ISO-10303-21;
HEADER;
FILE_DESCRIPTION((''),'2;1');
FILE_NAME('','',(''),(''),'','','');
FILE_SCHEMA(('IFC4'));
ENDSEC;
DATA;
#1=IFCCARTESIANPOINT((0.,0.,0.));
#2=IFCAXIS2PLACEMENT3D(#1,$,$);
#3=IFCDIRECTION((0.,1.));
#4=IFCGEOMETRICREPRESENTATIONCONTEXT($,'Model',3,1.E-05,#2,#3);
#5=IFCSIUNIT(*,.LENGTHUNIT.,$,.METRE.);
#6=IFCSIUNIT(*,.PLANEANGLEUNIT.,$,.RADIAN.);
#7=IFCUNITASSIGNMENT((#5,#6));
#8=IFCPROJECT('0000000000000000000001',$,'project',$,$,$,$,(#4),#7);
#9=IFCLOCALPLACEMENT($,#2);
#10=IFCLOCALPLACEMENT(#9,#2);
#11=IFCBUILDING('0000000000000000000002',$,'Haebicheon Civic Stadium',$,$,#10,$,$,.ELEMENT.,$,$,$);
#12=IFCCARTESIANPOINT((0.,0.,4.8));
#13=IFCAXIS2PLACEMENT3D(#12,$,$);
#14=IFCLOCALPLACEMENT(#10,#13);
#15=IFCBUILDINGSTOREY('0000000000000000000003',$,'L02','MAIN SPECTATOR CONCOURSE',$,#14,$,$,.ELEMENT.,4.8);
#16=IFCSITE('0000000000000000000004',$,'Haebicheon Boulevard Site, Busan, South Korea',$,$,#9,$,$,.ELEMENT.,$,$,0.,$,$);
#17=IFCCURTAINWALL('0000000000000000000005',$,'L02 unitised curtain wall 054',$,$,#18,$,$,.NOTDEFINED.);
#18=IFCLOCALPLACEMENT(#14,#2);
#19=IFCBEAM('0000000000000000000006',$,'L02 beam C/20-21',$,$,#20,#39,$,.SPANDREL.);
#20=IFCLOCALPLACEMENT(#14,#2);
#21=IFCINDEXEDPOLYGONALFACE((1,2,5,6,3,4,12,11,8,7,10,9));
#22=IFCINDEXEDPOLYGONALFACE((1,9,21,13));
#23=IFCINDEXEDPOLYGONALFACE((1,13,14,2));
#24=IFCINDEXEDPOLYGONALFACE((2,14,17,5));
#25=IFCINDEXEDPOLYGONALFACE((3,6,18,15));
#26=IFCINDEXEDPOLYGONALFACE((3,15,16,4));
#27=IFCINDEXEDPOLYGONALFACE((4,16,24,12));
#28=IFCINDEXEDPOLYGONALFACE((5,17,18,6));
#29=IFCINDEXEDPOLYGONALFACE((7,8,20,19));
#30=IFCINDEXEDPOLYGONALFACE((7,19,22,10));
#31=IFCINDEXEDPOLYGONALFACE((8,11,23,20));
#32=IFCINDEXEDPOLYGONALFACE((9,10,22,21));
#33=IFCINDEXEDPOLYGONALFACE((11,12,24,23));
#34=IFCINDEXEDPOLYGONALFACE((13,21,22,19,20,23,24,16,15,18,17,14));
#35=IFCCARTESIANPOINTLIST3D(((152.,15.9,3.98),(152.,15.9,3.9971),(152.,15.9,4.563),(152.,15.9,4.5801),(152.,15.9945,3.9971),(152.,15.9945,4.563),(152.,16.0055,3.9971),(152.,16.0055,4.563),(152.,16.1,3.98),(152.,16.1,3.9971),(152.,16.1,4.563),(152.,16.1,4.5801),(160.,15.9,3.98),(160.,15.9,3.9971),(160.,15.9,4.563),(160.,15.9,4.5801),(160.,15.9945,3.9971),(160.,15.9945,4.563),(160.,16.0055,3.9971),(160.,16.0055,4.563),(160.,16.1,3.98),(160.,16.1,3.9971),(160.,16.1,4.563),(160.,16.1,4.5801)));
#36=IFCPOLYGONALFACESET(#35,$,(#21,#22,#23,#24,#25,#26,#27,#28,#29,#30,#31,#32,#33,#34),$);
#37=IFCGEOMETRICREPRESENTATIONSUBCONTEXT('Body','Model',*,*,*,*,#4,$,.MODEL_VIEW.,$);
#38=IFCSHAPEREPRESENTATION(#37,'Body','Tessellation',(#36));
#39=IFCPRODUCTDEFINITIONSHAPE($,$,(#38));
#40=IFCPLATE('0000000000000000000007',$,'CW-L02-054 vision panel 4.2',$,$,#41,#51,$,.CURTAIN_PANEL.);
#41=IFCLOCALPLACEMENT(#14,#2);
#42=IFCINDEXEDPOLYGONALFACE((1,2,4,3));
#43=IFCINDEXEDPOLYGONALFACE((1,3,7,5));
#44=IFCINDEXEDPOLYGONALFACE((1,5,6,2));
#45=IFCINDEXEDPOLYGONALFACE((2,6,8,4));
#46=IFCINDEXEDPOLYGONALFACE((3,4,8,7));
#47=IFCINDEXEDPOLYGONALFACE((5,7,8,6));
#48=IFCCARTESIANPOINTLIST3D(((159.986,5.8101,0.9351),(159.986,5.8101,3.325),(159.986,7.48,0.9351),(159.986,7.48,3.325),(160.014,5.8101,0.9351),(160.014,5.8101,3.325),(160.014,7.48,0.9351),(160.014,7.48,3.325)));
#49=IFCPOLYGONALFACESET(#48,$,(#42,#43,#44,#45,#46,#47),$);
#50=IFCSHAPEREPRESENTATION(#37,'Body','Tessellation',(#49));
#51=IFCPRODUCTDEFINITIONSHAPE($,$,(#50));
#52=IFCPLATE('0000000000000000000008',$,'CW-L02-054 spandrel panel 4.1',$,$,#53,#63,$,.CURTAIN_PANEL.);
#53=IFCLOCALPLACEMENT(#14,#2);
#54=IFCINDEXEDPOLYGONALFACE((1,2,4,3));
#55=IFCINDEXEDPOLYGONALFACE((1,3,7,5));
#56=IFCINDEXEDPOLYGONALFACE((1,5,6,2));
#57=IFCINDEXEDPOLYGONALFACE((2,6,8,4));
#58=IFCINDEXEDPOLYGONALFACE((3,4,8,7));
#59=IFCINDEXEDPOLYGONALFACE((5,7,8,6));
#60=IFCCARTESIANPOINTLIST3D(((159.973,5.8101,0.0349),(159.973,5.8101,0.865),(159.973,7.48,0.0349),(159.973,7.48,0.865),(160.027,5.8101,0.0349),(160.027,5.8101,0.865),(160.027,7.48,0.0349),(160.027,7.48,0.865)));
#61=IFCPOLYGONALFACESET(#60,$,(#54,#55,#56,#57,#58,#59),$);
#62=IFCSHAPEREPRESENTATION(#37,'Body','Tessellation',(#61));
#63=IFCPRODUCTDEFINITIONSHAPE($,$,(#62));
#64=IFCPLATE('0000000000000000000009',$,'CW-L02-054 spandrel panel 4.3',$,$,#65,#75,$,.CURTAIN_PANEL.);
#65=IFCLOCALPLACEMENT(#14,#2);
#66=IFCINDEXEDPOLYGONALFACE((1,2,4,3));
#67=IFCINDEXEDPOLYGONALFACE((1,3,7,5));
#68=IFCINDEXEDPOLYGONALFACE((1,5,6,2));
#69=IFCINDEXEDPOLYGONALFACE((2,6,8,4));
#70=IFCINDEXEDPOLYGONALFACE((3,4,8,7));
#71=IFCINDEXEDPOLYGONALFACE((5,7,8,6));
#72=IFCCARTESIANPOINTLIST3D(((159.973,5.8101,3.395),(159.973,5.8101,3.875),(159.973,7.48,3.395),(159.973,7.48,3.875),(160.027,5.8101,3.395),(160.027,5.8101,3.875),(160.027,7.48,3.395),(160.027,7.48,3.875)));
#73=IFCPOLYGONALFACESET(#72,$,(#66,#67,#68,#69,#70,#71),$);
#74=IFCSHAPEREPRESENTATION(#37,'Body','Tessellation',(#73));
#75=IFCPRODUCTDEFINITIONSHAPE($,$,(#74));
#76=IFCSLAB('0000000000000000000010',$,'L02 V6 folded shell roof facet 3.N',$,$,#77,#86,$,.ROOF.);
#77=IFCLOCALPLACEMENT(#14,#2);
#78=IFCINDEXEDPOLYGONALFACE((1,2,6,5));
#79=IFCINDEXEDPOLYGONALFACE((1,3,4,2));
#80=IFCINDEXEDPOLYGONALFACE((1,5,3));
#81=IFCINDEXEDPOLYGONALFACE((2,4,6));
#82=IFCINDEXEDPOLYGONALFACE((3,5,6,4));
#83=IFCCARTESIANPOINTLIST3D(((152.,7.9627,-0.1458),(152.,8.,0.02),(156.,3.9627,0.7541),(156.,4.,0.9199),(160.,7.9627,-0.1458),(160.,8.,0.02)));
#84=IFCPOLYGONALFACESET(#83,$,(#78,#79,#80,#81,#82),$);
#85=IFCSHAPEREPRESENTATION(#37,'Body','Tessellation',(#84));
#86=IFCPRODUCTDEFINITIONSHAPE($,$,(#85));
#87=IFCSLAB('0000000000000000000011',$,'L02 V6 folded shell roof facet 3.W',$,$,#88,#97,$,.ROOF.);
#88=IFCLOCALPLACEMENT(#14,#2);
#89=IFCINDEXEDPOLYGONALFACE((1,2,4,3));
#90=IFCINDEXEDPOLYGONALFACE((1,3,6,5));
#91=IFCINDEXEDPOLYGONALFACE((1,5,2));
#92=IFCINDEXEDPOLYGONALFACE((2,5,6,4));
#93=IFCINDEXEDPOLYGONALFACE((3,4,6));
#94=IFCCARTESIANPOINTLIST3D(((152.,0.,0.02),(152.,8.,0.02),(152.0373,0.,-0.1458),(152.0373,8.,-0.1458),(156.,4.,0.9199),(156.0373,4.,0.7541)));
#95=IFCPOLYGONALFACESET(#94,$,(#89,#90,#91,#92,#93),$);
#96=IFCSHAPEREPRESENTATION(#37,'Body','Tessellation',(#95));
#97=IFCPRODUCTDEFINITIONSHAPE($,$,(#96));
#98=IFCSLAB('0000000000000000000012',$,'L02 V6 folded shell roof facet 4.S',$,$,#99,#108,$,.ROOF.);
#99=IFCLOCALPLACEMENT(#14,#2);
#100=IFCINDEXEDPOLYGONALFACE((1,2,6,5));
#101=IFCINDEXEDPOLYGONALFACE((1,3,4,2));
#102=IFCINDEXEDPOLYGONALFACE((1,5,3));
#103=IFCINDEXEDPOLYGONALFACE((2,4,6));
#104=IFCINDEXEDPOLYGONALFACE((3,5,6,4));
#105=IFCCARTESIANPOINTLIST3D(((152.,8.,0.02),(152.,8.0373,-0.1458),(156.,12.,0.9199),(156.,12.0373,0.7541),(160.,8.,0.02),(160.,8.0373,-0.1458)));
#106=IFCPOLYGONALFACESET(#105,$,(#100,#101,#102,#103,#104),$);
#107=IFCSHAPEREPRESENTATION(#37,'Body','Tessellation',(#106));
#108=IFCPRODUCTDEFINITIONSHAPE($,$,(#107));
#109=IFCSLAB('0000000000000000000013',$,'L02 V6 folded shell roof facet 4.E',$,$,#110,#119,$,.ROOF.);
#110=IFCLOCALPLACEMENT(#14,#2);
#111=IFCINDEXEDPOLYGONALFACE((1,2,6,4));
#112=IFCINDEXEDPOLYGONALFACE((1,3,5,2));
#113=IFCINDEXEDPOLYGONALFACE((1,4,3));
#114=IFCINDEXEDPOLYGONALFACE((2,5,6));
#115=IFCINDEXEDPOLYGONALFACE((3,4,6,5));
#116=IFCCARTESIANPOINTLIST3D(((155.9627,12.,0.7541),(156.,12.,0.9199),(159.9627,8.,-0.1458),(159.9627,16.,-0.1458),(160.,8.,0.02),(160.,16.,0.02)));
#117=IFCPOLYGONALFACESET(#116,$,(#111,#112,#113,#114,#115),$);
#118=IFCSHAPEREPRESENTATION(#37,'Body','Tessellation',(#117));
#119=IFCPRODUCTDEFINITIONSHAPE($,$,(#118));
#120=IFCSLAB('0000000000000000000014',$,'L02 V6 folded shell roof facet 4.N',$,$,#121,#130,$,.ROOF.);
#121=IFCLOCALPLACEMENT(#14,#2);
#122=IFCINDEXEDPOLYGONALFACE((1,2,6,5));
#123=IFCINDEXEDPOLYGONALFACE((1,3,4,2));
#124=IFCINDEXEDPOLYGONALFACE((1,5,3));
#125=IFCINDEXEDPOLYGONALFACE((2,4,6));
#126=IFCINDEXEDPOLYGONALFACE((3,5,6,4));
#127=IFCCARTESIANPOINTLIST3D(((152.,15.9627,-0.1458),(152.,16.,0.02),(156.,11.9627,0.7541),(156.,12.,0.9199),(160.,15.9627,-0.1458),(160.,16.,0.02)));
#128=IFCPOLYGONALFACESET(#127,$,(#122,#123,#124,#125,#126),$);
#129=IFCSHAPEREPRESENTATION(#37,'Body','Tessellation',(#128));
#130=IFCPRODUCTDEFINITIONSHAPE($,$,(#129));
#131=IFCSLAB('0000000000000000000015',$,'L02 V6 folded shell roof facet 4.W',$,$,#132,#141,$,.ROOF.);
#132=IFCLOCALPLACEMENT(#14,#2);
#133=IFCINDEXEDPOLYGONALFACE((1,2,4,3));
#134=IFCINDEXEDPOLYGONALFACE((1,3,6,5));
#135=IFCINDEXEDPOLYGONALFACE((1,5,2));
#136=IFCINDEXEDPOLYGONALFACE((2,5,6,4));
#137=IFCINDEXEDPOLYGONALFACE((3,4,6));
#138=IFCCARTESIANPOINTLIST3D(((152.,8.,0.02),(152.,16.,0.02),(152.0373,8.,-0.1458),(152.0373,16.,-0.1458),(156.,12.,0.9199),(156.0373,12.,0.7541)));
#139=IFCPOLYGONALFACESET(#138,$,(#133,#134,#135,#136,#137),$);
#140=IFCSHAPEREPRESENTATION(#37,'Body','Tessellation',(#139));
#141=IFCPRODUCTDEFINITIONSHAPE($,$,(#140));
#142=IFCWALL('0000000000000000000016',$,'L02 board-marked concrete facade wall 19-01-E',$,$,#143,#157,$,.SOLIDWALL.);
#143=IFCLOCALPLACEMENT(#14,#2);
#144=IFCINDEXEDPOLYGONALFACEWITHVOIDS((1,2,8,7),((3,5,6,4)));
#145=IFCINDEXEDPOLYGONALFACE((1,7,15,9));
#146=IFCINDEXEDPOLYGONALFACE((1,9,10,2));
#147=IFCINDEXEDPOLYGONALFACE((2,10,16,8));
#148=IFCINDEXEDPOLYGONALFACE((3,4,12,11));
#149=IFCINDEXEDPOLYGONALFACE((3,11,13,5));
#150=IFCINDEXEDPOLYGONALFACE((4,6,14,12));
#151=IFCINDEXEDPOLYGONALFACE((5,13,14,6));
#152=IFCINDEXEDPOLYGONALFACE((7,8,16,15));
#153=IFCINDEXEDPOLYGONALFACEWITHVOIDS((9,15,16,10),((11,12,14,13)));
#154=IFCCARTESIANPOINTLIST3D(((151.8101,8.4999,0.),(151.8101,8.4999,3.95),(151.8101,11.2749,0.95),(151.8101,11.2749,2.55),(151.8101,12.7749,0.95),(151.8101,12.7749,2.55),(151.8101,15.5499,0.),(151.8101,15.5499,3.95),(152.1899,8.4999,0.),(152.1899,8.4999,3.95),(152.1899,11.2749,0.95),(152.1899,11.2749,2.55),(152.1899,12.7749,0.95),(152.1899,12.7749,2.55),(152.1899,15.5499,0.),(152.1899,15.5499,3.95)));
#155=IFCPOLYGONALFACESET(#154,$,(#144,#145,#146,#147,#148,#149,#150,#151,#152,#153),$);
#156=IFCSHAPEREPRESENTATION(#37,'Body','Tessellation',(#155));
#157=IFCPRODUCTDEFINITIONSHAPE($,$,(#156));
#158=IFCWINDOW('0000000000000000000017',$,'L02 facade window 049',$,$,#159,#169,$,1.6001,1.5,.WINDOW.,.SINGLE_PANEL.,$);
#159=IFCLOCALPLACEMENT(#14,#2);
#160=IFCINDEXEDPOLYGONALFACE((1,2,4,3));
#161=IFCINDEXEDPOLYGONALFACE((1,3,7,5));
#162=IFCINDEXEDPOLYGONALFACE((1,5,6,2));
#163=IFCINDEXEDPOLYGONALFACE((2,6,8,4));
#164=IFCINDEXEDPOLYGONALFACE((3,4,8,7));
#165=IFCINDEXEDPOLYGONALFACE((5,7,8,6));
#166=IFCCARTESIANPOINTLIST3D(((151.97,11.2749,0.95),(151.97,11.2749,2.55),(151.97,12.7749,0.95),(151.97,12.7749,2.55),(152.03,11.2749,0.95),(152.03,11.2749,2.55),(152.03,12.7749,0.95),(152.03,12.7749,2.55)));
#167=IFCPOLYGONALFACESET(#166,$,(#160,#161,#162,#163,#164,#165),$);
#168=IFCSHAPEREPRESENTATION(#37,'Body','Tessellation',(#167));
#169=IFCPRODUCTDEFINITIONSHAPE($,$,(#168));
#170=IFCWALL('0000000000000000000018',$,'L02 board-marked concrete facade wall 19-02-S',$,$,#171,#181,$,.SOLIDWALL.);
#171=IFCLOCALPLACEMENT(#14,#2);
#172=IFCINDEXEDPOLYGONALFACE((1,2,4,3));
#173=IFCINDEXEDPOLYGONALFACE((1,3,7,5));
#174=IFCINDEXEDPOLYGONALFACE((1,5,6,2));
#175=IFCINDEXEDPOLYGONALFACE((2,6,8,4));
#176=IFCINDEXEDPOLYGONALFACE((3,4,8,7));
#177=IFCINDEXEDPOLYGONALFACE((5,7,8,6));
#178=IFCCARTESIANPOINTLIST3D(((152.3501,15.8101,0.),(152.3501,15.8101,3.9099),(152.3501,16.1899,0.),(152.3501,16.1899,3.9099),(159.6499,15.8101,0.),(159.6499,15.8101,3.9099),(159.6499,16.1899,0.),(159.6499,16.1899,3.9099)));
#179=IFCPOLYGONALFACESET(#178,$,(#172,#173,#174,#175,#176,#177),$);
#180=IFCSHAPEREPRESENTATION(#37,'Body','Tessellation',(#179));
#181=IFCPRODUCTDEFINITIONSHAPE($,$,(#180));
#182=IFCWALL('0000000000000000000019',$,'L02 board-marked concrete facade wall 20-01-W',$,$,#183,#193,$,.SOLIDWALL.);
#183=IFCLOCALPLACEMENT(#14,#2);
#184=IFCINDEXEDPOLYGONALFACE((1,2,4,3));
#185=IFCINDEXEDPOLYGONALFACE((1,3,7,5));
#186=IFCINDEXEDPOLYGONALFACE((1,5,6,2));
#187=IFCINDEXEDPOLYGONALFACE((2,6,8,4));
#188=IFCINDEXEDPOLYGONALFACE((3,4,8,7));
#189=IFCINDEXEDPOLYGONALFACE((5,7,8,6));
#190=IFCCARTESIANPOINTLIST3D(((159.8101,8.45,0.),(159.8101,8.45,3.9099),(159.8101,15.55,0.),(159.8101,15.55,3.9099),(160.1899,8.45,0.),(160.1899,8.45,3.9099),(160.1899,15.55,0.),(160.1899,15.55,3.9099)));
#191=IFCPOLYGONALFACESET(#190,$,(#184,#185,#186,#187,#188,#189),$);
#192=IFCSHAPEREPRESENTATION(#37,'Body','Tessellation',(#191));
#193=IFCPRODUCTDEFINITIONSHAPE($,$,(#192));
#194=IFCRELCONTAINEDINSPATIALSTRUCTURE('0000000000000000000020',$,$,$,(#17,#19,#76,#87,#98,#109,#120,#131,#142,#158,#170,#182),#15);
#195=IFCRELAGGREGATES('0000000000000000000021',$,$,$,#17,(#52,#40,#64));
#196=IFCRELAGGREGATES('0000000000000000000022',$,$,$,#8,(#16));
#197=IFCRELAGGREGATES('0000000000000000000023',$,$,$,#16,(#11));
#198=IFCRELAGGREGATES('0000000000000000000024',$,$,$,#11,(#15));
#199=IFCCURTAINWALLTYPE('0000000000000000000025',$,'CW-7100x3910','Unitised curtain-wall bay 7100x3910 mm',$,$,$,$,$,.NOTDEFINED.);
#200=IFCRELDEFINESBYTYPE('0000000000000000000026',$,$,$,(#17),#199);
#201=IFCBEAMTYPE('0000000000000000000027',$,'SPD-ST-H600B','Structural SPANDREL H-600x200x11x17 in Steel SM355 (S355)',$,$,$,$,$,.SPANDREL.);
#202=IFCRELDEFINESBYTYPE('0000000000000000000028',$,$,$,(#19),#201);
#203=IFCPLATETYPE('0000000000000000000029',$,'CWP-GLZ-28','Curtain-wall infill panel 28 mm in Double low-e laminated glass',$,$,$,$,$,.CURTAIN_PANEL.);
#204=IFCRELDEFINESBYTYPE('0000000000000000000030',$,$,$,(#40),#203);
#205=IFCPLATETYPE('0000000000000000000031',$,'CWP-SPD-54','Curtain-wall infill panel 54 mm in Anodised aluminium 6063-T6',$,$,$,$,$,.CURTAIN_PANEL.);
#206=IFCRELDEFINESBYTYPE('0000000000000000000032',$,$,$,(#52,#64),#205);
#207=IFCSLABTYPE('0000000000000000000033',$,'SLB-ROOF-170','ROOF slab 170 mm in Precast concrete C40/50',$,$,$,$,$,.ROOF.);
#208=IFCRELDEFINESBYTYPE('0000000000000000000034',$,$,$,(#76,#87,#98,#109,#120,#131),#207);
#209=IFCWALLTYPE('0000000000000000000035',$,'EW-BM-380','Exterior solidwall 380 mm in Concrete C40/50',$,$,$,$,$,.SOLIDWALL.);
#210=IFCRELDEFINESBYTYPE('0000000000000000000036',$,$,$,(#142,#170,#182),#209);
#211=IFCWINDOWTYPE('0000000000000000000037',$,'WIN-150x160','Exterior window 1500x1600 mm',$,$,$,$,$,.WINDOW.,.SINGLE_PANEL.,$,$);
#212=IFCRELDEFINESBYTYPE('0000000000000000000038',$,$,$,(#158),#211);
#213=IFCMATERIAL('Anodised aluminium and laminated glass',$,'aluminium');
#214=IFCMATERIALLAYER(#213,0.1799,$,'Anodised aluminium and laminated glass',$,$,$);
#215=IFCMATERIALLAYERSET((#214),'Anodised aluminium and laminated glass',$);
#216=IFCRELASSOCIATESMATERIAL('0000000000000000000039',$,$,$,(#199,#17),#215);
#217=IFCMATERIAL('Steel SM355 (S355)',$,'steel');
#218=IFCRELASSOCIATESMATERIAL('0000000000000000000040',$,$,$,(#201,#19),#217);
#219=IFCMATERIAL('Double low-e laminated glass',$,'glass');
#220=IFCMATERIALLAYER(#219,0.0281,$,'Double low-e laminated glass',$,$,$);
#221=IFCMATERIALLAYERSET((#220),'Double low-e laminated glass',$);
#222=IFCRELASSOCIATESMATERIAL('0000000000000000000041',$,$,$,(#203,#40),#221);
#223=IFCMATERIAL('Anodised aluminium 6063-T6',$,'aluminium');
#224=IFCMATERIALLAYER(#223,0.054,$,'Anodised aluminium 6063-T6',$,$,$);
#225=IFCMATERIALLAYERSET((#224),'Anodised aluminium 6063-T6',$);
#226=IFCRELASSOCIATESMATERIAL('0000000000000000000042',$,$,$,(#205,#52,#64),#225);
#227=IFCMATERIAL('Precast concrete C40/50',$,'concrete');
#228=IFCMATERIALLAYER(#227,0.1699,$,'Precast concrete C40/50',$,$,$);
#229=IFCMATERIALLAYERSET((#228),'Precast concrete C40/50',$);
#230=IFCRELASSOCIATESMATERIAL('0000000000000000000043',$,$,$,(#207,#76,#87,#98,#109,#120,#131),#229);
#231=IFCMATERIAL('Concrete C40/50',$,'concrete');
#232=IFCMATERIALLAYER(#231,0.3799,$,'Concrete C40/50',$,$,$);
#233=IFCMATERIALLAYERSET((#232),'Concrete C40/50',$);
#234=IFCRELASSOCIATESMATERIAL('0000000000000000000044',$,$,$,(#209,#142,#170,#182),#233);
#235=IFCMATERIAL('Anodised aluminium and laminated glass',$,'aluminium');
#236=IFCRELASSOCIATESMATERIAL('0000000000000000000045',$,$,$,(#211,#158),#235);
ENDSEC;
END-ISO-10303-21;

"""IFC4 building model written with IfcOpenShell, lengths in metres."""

from ifc_helpers import new_model, si_unit, direction, frame, frame_2d, origin, origin_2d, place, context, subcontext, project, spatial, polyline, rectangle, i_section, outline, extrude, material, layer, layer_set, material_profile, profile_set, type_object, element, fill, aggregate, save


model = new_model("IFC4")

# Units and contexts
model_context = context("Model", 3, precision=1e-05, world=origin(), true_north=direction((0.0, 1.0)))
body_context = subcontext(model_context, "Body", "Model", "MODEL_VIEW")
ifc_project = project(units=[si_unit("LENGTHUNIT", "METRE"), si_unit("PLANEANGLEUNIT", "RADIAN")], contexts=[model_context])

# Site, building, storey
site_placement = place(None, origin())
site = spatial("IfcSite", under=ifc_project, at=site_placement, Name="Haebicheon Boulevard Site, Busan, South Korea", CompositionType="ELEMENT", RefElevation=0.0)
building_placement = place(site_placement, origin())
building = spatial("IfcBuilding", under=site, at=building_placement, Name="Haebicheon Civic Stadium", CompositionType="ELEMENT")
storey_placement = place(building_placement, frame((0.0, 0.0, 4.8)))
storey = spatial("IfcBuildingStorey", under=building, at=storey_placement, Name="L02", Description="MAIN SPECTATOR CONCOURSE", CompositionType="ELEMENT", Elevation=4.8)

# Curtain wall
ifc_material_1 = material(Name="Anodised aluminium and laminated glass", Category="aluminium")
ifc_layer_1 = layer(ifc_material_1, 0.1799, Name="Anodised aluminium and laminated glass")
ifc_layer_set_1 = layer_set([ifc_layer_1], Name="Anodised aluminium and laminated glass")
curtain_wall_type = type_object("IfcCurtainWallType", Name="CW-7100x3910", Description="Unitised curtain-wall bay 7100x3910 mm", PredefinedType="NOTDEFINED", material=ifc_layer_set_1)
curtain_wall_placement = place(storey_placement, origin())
curtain_wall = element("IfcCurtainWall", 1, at=curtain_wall_placement, inside=storey, type_object=curtain_wall_type, material=ifc_layer_set_1, Name="L02 unitised curtain wall 054", PredefinedType="NOTDEFINED")

# Beam
ifc_material_2 = material(Name="Steel SM355 (S355)", Category="steel")
ifc_material_profile_1 = material_profile(ifc_material_2, i_section(OverallWidth=0.2, OverallDepth=0.6001, WebThickness=0.011, FlangeThickness=0.0171, at=origin_2d()), Name="H-600x200x11x17")
ifc_profile_set_1 = profile_set([ifc_material_profile_1], Name="Steel SM355 (S355)")
beam_type_1 = type_object("IfcBeamType", Name="SPD-ST-H600B", Description="Structural SPANDREL H-600x200x11x17 in Steel SM355 (S355)", PredefinedType="SPANDREL", material=ifc_profile_set_1)
for number, where, z_axis, x_axis, name in (
    (2, (152.0, 16.0, 4.28), (1.0, 0.0, 0.0), (0.0, 1.0, 0.0), "L02 beam C/20-21"),
):
    element("IfcBeam", number, at=place(storey_placement, frame(where, z_axis=z_axis, x_axis=x_axis)), inside=storey, type_object=beam_type_1, material=ifc_profile_set_1, Name=name, PredefinedType="SPANDREL", context=body_context, shape_type="SweptSolid", body=[
        extrude(i_section(OverallWidth=0.2, OverallDepth=0.6001, WebThickness=0.011, FlangeThickness=0.0171, at=origin_2d()), origin(), (0.0, 0.0, 1.0), 8.0),
    ])

# Plates
ifc_material_3 = material(Name="Double low-e laminated glass", Category="glass")
ifc_layer_2 = layer(ifc_material_3, 0.0281, Name="Double low-e laminated glass")
ifc_layer_set_2 = layer_set([ifc_layer_2], Name="Double low-e laminated glass")
plate_type_1 = type_object("IfcPlateType", Name="CWP-GLZ-28", Description="Curtain-wall infill panel 28 mm in Double low-e laminated glass", PredefinedType="CURTAIN_PANEL", material=ifc_layer_set_2)
plate_1_placement = place(storey_placement, frame((160.0, 6.645, 0.9351), z_axis=(0.0, 0.0, 1.0), x_axis=(0.0, 1.0, 0.0)))
plate_1 = element("IfcPlate", 3, at=plate_1_placement, type_object=plate_type_1, material=ifc_layer_set_2, Name="CW-L02-054 vision panel 4.2", PredefinedType="CURTAIN_PANEL", context=body_context, shape_type="SweptSolid", body=[
    extrude(rectangle(XDim=1.6699, YDim=0.0281, at=origin_2d()), origin(), (0.0, 0.0, 1.0), 2.3899),
])
ifc_material_4 = material(Name="Anodised aluminium 6063-T6", Category="aluminium")
ifc_layer_3 = layer(ifc_material_4, 0.054, Name="Anodised aluminium 6063-T6")
ifc_layer_set_3 = layer_set([ifc_layer_3], Name="Anodised aluminium 6063-T6")
plate_type_2 = type_object("IfcPlateType", Name="CWP-SPD-54", Description="Curtain-wall infill panel 54 mm in Anodised aluminium 6063-T6", PredefinedType="CURTAIN_PANEL", material=ifc_layer_set_3)
plate_2_placement = place(storey_placement, frame((160.0, 6.645, 0.0349), z_axis=(0.0, 0.0, 1.0), x_axis=(0.0, 1.0, 0.0)))
plate_2 = element("IfcPlate", 4, at=plate_2_placement, type_object=plate_type_2, material=ifc_layer_set_3, Name="CW-L02-054 spandrel panel 4.1", PredefinedType="CURTAIN_PANEL", context=body_context, shape_type="SweptSolid", body=[
    extrude(rectangle(XDim=1.6699, YDim=0.054, at=origin_2d()), origin(), (0.0, 0.0, 1.0), 0.8301),
])
plate_3_placement = place(storey_placement, frame((160.0, 6.645, 3.395), z_axis=(0.0, 0.0, 1.0), x_axis=(0.0, 1.0, 0.0)))
plate_3 = element("IfcPlate", 5, at=plate_3_placement, type_object=plate_type_2, material=ifc_layer_set_3, Name="CW-L02-054 spandrel panel 4.3", PredefinedType="CURTAIN_PANEL", context=body_context, shape_type="SweptSolid", body=[
    extrude(rectangle(XDim=1.6699, YDim=0.054, at=origin_2d()), origin(), (0.0, 0.0, 1.0), 0.48),
])
aggregate(curtain_wall, [plate_2, plate_1, plate_3])

# Slabs
ifc_material_5 = material(Name="Precast concrete C40/50", Category="concrete")
ifc_layer_4 = layer(ifc_material_5, 0.1699, Name="Precast concrete C40/50")
ifc_layer_set_4 = layer_set([ifc_layer_4], Name="Precast concrete C40/50")
slab_type = type_object("IfcSlabType", Name="SLB-ROOF-170", Description="ROOF slab 170 mm in Precast concrete C40/50", PredefinedType="ROOF", material=ifc_layer_set_4)
for number, where, z_axis, x_axis, name in (
    (6, (160.0, 8.0, 0.02), (0.0, 0.21949, 0.975615), (-1.0, 0.0, 0.0), "L02 V6 folded shell roof facet 3.N"),
    (7, (152.0, 8.0, 0.02), (-0.21949, 0.0, 0.975615), (0.0, -1.0, 0.0), "L02 V6 folded shell roof facet 3.W"),
    (8, (152.0, 8.0, 0.02), (0.0, -0.21949, 0.975615), (1.0, 0.0, 0.0), "L02 V6 folded shell roof facet 4.S"),
    (9, (160.0, 8.0, 0.02), (0.21949, 0.0, 0.975615), (0.0, 1.0, 0.0), "L02 V6 folded shell roof facet 4.E"),
    (10, (160.0, 16.0, 0.02), (0.0, 0.21949, 0.975615), (-1.0, 0.0, 0.0), "L02 V6 folded shell roof facet 4.N"),
    (11, (152.0, 16.0, 0.02), (-0.21949, 0.0, 0.975615), (0.0, -1.0, 0.0), "L02 V6 folded shell roof facet 4.W"),
):
    element("IfcSlab", number, at=place(storey_placement, frame(where, z_axis=z_axis, x_axis=x_axis)), inside=storey, type_object=slab_type, material=ifc_layer_set_4, Name=name, PredefinedType="ROOF", context=body_context, shape_type="SweptSolid", body=[
        extrude(outline(polyline([(0.0, 0.0), (8.0, 0.0), (4.0, 4.1), (0.0, 0.0)])), origin(), (0.0, 0.0, -1.0), 0.1699),
    ])

# Wall, opening, window
ifc_material_6 = material(Name="Concrete C40/50", Category="concrete")
ifc_layer_5 = layer(ifc_material_6, 0.3799, Name="Concrete C40/50")
ifc_layer_set_5 = layer_set([ifc_layer_5], Name="Concrete C40/50")
wall_type = type_object("IfcWallType", Name="EW-BM-380", Description="Exterior solidwall 380 mm in Concrete C40/50", PredefinedType="SOLIDWALL", material=ifc_layer_set_5)
wall_1_placement = place(storey_placement, frame((152.0, 8.5, 0.0), z_axis=(0.0, 0.0, 1.0), x_axis=(0.0, 1.0, 0.0)))
wall_1 = element("IfcWall", 12, at=wall_1_placement, inside=storey, type_object=wall_type, material=ifc_layer_set_5, Name="L02 board-marked concrete facade wall 19-01-E", PredefinedType="SOLIDWALL", context=body_context, shape_type="SweptSolid", body=[
    extrude(rectangle(XDim=7.05, YDim=0.3799, at=frame_2d((3.5249, 0.0))), origin(), (0.0, 0.0, 1.0), 3.95),
])
opening_placement = place(wall_1_placement, frame((2.7749, 0.0, 0.95)))
opening = element("IfcOpeningElement", 13, at=opening_placement, cuts=wall_1, PredefinedType="OPENING", context=body_context, shape_type="SweptSolid", body=[
    extrude(rectangle(XDim=1.5, YDim=1.6001, at=frame_2d((0.75, 0.8))), frame((0.0, 0.2, 0.0), z_axis=(0.0, -1.0, 0.0), x_axis=(1.0, 0.0, 0.0)), (0.0, 0.0, 1.0), 0.3999),
])
ifc_material_7 = material(Name="Anodised aluminium and laminated glass", Category="aluminium")
window_type = type_object("IfcWindowType", Name="WIN-150x160", Description="Exterior window 1500x1600 mm", PartitioningType="SINGLE_PANEL", PredefinedType="WINDOW", material=ifc_material_7)
window_placement = place(opening_placement, origin())
window = element("IfcWindow", 14, at=window_placement, inside=storey, type_object=window_type, material=ifc_material_7, Name="L02 facade window 049", OverallHeight=1.6001, OverallWidth=1.5, PartitioningType="SINGLE_PANEL", PredefinedType="WINDOW", context=body_context, shape_type="SweptSolid", body=[
    extrude(rectangle(XDim=1.5, YDim=1.6001, at=frame_2d((0.75, 0.8))), frame((0.0, 0.03, 0.0), z_axis=(0.0, -1.0, 0.0), x_axis=(1.0, 0.0, 0.0)), (0.0, 0.0, 1.0), 0.0601),
])
fill(opening, window)

# Walls
wall_2_placement = place(storey_placement, frame((152.3501, 16.0, 0.0), z_axis=(0.0, 0.0, 1.0), x_axis=(1.0, 0.0, 0.0)))
element("IfcWall", 15, at=wall_2_placement, inside=storey, type_object=wall_type, material=ifc_layer_set_5, Name="L02 board-marked concrete facade wall 19-02-S", PredefinedType="SOLIDWALL", context=body_context, shape_type="SweptSolid", body=[
    extrude(rectangle(XDim=7.2998, YDim=0.3799, at=frame_2d((3.6499, 0.0))), origin(), (0.0, 0.0, 1.0), 3.9099),
])
wall_3_placement = place(storey_placement, frame((160.0, 8.45, 0.0), z_axis=(0.0, 0.0, 1.0), x_axis=(0.0, 1.0, 0.0)))
element("IfcWall", 16, at=wall_3_placement, inside=storey, type_object=wall_type, material=ifc_layer_set_5, Name="L02 board-marked concrete facade wall 20-01-W", PredefinedType="SOLIDWALL", context=body_context, shape_type="SweptSolid", body=[
    extrude(rectangle(XDim=7.1001, YDim=0.3799, at=frame_2d((3.55, 0.0))), origin(), (0.0, 0.0, 1.0), 3.9099),
])

save(model, "model.ifc")
